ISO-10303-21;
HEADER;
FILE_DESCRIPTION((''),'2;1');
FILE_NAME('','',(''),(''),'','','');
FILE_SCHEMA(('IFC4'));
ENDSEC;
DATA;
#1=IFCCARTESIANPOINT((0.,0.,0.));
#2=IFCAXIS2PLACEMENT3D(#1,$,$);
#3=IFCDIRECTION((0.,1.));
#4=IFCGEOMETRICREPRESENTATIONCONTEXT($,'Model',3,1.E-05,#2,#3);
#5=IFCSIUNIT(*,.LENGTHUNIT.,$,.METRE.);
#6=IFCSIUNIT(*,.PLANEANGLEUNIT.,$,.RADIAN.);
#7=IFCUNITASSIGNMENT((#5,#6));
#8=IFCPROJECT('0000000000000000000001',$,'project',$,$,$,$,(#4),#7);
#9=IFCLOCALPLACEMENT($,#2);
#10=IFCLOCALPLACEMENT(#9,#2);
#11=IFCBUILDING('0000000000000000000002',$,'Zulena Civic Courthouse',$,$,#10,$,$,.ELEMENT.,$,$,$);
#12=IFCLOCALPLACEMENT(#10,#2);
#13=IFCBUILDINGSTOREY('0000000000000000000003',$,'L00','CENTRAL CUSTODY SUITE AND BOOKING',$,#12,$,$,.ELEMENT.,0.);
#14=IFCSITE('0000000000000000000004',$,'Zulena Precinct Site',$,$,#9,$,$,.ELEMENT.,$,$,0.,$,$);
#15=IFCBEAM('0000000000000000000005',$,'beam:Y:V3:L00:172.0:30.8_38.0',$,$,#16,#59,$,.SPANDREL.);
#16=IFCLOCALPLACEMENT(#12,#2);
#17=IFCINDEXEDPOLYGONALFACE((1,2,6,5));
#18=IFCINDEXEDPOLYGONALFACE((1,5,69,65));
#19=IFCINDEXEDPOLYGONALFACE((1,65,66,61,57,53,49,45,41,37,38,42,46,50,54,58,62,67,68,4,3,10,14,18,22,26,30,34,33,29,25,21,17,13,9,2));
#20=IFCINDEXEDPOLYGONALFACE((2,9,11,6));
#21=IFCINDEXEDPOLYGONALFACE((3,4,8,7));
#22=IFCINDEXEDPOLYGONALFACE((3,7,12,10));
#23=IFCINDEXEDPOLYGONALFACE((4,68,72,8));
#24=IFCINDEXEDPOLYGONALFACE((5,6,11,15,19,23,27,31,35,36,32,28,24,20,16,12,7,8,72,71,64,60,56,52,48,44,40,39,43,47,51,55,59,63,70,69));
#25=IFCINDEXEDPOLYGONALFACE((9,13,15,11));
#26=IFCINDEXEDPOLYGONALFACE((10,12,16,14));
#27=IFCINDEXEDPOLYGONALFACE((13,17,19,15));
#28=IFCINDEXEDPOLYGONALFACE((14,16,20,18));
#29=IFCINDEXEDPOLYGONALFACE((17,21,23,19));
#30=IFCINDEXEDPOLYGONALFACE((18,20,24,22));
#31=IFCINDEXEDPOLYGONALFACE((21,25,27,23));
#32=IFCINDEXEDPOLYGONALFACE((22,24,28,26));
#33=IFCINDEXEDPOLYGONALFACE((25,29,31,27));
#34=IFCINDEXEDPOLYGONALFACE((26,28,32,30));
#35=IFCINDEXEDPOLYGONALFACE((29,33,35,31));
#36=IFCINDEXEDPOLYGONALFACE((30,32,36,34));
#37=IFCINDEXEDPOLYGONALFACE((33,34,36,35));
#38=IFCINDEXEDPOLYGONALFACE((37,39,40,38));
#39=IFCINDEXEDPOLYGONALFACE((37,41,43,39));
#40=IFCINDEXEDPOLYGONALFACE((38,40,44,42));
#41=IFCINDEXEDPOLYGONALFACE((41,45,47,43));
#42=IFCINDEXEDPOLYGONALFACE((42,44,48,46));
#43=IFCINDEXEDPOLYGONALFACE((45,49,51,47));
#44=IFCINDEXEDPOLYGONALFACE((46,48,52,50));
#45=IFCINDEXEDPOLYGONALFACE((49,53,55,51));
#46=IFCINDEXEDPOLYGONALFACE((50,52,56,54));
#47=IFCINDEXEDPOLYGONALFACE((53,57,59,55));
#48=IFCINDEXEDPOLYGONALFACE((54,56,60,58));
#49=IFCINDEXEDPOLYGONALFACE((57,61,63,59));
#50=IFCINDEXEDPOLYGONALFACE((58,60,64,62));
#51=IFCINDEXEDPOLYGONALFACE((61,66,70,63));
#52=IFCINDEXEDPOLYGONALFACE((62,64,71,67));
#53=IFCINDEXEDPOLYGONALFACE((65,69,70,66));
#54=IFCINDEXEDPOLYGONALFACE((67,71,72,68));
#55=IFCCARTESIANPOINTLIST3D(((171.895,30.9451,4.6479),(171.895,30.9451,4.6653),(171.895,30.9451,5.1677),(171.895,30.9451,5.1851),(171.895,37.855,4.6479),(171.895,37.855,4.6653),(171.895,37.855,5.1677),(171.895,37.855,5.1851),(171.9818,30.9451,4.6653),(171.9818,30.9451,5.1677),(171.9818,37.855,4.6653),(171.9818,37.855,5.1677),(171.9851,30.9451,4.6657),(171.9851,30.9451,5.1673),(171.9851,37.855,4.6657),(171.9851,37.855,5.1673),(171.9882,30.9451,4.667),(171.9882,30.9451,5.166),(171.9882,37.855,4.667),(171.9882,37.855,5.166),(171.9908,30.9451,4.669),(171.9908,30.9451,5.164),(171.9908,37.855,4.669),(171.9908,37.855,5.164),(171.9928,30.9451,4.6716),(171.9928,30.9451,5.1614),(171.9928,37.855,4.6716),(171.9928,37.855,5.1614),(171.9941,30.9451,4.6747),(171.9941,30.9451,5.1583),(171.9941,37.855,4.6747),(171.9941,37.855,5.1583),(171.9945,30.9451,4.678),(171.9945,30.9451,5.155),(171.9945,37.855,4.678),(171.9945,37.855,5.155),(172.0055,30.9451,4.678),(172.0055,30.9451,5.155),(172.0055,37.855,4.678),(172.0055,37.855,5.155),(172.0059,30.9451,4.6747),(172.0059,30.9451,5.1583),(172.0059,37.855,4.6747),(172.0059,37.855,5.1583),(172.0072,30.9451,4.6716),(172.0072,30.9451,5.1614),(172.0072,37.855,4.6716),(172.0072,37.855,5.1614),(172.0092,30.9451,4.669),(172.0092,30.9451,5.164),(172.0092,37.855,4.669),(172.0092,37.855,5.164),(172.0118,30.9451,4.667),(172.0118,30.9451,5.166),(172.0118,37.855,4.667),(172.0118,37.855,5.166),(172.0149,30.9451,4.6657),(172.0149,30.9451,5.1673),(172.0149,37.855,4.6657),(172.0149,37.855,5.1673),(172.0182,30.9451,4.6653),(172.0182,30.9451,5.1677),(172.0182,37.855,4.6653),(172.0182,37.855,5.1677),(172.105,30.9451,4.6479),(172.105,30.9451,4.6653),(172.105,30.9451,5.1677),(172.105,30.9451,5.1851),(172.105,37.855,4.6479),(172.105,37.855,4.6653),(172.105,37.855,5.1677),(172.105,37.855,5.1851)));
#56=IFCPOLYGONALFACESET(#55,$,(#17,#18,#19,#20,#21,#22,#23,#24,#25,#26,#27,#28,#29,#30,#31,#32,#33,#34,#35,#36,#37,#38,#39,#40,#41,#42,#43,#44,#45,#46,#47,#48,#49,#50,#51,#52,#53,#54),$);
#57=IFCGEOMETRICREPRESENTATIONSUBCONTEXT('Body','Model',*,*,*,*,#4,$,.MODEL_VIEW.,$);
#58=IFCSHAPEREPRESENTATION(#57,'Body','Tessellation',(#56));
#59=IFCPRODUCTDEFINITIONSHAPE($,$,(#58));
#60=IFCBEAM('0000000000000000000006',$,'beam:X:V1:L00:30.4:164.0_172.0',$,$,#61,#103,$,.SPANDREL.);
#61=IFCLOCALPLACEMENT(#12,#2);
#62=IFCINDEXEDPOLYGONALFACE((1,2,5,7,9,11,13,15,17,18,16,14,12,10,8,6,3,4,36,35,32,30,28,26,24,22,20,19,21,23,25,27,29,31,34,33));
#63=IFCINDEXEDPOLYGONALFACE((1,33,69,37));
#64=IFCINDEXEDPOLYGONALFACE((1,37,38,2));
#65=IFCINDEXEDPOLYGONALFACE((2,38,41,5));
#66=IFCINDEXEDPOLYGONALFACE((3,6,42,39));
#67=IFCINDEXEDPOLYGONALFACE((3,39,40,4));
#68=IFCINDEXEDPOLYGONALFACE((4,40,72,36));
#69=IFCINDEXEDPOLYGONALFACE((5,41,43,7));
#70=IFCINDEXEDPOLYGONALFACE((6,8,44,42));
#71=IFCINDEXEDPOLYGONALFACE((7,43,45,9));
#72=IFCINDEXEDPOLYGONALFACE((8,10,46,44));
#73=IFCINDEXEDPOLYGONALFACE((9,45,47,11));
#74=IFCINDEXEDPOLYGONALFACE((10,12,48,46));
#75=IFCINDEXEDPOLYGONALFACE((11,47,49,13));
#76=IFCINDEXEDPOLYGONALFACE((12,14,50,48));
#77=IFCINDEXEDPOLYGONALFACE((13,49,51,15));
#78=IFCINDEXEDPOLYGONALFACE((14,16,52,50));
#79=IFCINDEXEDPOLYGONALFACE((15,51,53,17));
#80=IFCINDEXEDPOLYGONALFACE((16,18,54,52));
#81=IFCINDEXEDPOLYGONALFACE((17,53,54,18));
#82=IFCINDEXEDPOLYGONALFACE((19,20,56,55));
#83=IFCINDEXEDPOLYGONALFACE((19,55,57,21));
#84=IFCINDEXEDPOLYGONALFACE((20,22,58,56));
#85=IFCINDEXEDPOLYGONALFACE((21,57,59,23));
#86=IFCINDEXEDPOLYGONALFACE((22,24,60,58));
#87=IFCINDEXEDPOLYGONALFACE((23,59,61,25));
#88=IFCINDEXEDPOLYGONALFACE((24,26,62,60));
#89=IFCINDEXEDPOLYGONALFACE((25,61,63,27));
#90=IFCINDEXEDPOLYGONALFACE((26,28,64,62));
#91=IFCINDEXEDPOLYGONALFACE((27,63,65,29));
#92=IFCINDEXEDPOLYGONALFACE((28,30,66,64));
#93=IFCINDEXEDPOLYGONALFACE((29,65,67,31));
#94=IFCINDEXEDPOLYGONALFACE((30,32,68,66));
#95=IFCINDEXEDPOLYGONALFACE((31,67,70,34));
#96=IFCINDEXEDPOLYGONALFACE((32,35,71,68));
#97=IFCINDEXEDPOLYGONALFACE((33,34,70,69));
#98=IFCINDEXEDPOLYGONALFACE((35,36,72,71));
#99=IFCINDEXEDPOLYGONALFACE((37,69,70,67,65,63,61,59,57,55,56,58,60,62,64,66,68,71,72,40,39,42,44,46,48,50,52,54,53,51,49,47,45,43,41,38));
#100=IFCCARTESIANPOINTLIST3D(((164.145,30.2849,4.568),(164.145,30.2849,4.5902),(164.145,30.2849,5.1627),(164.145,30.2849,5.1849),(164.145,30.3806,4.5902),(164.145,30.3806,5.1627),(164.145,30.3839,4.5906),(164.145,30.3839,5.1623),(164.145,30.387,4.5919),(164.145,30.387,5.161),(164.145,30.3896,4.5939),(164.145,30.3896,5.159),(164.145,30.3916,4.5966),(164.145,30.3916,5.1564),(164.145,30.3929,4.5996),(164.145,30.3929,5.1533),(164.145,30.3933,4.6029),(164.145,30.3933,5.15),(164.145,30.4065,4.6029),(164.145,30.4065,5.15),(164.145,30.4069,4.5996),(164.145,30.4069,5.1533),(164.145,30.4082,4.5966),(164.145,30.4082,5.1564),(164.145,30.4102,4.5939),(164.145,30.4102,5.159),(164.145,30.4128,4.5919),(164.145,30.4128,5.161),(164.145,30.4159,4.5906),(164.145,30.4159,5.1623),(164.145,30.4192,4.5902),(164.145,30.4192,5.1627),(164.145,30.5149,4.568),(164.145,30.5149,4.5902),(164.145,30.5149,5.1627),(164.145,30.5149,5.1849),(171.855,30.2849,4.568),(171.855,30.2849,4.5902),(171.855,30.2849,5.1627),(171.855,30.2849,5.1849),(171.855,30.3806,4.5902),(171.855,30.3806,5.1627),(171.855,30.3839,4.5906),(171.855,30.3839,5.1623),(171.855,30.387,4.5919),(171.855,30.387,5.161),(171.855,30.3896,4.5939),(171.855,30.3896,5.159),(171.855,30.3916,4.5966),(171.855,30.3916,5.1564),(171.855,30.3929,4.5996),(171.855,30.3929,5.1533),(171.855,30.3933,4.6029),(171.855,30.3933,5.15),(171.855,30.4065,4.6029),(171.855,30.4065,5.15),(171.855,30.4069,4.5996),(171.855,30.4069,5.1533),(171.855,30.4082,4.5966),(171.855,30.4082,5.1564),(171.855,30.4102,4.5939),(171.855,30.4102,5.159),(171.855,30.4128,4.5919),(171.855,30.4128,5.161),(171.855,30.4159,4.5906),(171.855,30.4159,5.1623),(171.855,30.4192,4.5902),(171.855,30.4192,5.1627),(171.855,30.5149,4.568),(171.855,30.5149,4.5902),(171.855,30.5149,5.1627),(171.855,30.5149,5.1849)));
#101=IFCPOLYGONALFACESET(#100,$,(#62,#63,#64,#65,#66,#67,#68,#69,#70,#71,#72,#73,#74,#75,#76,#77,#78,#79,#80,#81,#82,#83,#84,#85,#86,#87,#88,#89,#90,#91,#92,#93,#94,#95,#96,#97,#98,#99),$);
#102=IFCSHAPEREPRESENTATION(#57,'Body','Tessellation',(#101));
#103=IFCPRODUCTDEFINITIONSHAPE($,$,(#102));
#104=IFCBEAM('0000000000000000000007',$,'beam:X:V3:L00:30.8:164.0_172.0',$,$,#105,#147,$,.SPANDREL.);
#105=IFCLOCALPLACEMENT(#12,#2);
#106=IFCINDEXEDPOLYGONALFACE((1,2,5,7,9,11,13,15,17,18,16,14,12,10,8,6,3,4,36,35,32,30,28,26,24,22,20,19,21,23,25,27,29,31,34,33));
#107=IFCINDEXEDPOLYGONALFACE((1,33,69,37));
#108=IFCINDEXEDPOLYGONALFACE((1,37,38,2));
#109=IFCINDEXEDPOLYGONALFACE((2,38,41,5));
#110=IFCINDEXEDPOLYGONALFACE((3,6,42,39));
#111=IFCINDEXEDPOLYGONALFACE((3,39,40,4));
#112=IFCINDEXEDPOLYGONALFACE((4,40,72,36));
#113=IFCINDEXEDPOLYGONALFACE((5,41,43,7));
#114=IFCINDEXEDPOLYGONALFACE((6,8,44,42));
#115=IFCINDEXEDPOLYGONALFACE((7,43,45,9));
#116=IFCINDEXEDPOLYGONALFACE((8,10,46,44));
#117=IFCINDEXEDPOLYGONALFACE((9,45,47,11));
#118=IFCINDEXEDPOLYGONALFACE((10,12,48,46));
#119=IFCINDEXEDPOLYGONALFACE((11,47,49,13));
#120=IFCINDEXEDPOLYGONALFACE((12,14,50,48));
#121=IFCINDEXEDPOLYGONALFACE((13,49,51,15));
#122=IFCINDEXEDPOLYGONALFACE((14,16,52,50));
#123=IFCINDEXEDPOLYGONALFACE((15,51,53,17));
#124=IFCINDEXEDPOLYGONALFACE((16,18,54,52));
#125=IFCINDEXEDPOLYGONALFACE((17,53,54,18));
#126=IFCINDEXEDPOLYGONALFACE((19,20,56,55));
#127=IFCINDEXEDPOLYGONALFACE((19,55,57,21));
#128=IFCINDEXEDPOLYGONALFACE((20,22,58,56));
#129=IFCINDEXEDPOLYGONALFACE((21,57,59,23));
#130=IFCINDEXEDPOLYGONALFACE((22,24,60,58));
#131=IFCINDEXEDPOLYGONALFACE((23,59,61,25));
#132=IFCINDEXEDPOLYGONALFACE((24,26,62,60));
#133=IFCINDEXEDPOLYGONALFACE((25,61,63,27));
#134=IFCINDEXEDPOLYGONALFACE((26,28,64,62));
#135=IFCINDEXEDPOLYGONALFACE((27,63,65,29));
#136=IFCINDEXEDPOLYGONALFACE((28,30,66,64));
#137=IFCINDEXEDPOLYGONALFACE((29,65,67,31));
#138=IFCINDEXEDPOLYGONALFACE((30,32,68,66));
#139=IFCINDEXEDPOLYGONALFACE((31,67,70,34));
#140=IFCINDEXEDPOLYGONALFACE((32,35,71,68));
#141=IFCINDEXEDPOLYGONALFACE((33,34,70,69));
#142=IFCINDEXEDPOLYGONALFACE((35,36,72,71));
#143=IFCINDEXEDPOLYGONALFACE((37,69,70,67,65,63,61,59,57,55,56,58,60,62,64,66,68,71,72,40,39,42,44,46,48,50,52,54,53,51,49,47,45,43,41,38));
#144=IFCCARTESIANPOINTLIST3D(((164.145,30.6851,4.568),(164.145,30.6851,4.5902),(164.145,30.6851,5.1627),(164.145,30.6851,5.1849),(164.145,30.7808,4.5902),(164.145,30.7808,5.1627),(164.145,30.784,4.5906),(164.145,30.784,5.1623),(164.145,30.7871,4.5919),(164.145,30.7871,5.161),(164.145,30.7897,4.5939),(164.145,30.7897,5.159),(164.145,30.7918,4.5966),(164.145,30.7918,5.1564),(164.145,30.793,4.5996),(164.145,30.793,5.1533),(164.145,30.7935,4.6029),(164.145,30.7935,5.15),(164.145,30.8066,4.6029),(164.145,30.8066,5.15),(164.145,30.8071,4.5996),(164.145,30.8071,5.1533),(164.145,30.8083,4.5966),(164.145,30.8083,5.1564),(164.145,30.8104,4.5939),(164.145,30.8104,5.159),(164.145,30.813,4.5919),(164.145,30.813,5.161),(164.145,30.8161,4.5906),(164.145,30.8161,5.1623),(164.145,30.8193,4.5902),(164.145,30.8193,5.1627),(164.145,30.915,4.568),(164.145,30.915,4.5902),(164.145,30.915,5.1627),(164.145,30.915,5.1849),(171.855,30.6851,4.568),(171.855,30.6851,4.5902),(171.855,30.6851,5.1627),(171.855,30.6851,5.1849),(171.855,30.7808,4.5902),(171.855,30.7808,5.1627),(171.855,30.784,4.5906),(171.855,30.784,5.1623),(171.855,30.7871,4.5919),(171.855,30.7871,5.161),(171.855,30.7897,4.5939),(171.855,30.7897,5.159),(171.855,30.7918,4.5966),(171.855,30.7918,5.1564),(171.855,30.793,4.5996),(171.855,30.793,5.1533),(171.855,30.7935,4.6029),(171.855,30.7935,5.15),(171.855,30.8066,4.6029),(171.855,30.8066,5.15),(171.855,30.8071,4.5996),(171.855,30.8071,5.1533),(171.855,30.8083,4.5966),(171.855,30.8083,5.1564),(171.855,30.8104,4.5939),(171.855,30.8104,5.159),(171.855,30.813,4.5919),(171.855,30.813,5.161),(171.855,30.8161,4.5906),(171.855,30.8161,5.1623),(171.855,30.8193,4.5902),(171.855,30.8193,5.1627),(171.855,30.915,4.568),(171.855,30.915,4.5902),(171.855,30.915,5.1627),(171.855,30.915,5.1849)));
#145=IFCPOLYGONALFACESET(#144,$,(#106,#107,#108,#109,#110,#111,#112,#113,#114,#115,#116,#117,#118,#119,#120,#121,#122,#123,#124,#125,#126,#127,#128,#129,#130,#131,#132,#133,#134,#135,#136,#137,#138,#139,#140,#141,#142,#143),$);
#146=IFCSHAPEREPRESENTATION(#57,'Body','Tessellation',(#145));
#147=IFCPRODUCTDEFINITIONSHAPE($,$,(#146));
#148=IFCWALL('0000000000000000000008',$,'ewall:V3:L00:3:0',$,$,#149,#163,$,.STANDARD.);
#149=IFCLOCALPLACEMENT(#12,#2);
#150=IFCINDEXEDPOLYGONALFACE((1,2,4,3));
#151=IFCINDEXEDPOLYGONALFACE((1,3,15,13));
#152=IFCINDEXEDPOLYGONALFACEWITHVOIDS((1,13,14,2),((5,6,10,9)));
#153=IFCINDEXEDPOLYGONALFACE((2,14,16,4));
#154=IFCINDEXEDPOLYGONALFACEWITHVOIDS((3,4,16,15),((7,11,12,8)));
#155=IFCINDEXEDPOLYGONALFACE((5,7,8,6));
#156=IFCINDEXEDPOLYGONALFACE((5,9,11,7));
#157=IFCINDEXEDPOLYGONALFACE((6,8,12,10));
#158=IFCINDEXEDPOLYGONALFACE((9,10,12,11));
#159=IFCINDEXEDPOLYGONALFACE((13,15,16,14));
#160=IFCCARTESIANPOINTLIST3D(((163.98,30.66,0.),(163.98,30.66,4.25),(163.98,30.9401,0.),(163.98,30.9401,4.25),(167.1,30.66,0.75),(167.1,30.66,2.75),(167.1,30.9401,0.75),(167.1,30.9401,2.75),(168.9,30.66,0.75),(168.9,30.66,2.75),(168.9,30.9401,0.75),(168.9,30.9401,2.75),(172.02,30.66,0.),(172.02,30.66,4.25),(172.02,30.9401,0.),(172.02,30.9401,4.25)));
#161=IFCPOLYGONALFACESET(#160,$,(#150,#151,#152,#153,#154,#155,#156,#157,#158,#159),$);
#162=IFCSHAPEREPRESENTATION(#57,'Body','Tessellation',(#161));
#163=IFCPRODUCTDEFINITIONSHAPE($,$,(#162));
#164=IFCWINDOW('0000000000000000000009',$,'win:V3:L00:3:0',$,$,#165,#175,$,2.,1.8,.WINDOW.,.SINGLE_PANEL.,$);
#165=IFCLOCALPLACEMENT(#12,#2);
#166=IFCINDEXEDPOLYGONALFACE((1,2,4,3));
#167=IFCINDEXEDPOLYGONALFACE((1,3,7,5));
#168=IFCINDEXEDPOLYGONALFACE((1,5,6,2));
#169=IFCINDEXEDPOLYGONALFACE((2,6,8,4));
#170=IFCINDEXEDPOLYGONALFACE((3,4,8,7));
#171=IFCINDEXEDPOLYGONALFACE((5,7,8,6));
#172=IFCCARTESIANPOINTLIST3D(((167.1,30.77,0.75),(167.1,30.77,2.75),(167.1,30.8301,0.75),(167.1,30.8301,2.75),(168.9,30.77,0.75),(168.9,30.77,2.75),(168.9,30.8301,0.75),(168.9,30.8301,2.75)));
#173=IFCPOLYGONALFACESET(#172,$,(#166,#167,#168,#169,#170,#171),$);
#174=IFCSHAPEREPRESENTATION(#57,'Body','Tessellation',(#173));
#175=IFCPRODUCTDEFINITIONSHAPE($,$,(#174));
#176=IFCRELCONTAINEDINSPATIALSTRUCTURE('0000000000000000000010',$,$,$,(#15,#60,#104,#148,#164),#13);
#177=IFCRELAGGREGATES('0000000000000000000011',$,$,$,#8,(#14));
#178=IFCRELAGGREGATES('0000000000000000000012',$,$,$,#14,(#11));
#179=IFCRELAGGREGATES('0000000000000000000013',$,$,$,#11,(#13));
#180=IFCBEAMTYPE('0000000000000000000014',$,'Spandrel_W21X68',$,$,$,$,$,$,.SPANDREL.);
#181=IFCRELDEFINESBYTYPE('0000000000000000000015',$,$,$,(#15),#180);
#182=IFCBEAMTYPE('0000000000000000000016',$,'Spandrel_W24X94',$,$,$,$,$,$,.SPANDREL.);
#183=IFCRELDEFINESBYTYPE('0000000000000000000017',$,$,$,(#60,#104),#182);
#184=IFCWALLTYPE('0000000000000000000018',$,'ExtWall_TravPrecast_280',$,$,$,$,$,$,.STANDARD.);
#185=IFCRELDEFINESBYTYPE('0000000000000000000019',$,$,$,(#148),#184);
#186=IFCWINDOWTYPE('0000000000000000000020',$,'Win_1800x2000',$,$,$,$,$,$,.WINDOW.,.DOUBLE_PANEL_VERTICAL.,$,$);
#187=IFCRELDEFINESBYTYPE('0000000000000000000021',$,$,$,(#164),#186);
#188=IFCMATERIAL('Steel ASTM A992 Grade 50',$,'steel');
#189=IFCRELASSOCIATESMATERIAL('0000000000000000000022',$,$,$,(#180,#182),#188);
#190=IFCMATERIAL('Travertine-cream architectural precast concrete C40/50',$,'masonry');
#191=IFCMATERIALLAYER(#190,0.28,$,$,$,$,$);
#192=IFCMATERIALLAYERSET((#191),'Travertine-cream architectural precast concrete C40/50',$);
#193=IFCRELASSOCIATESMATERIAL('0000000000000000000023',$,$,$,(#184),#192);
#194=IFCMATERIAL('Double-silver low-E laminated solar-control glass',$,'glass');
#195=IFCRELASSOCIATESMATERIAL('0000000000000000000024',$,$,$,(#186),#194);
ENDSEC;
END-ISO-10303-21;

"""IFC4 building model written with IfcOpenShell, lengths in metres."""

from ifc_helpers import new_model, si_unit, direction, frame, frame_2d, origin, origin_2d, place, context, subcontext, project, spatial, rectangle, i_section, extrude, material, layer, layer_set, material_profile, profile_set, type_object, element, fill, save


model = new_model("IFC4")

# Units and contexts
model_context = context("Model", 3, precision=1e-05, world=origin(), true_north=direction((0.0, 1.0)))
body_context = subcontext(model_context, "Body", "Model", "MODEL_VIEW")
ifc_project = project(units=[si_unit("LENGTHUNIT", "METRE"), si_unit("PLANEANGLEUNIT", "RADIAN")], contexts=[model_context])

# Site, building, storey
site_placement = place(None, origin())
site = spatial("IfcSite", under=ifc_project, at=site_placement, Name="Zulena Precinct Site", CompositionType="ELEMENT", RefElevation=0.0)
building_placement = place(site_placement, origin())
building = spatial("IfcBuilding", under=site, at=building_placement, Name="Zulena Civic Courthouse", CompositionType="ELEMENT")
storey_placement = place(building_placement, origin())
storey = spatial("IfcBuildingStorey", under=building, at=storey_placement, Name="L00", Description="CENTRAL CUSTODY SUITE AND BOOKING", CompositionType="ELEMENT", Elevation=0.0)

# Shared definitions
ifc_material_1 = material(Name="Steel ASTM A992 Grade 50", Category="steel")

# Beams
ifc_material_profile_1 = material_profile(ifc_material_1, i_section(OverallWidth=0.21, OverallDepth=0.5371, WebThickness=0.011, FlangeThickness=0.0173, FilletRadius=0.0127, at=origin_2d()), Name="W21X68")
ifc_profile_set_1 = profile_set([ifc_material_profile_1], Name="Steel ASTM A992 Grade 50")
beam_type_1 = type_object("IfcBeamType", Name="Spandrel_W21X68", PredefinedType="SPANDREL", material=ifc_profile_set_1)
for number, where, z_axis, x_axis, name in (
    (1, (172.0, 30.9451, 4.9165), (0.0, 1.0, 0.0), (-1.0, 0.0, 0.0), "beam:Y:V3:L00:172.0:30.8_38.0"),
):
    element("IfcBeam", number, at=place(storey_placement, frame(where, z_axis=z_axis, x_axis=x_axis)), inside=storey, type_object=beam_type_1, Name=name, PredefinedType="SPANDREL", context=body_context, shape_type="SweptSolid", body=[
        extrude(i_section(OverallWidth=0.21, OverallDepth=0.5371, WebThickness=0.011, FlangeThickness=0.0173, FilletRadius=0.0127, at=origin_2d()), origin(), (0.0, 0.0, 1.0), 6.9099),
    ])
ifc_material_profile_2 = material_profile(ifc_material_1, i_section(OverallWidth=0.23, OverallDepth=0.6169, WebThickness=0.0132, FlangeThickness=0.0222, FilletRadius=0.0127, at=origin_2d()), Name="W24X94")
ifc_profile_set_2 = profile_set([ifc_material_profile_2], Name="Steel ASTM A992 Grade 50")
beam_type_2 = type_object("IfcBeamType", Name="Spandrel_W24X94", PredefinedType="SPANDREL", material=ifc_profile_set_2)
for number, where, z_axis, x_axis, name in (
    (2, (164.145, 30.3999, 4.8765), (1.0, 0.0, 0.0), (0.0, 1.0, 0.0), "beam:X:V1:L00:30.4:164.0_172.0"),
    (3, (164.145, 30.8, 4.8765), (1.0, 0.0, 0.0), (0.0, 1.0, 0.0), "beam:X:V3:L00:30.8:164.0_172.0"),
):
    element("IfcBeam", number, at=place(storey_placement, frame(where, z_axis=z_axis, x_axis=x_axis)), inside=storey, type_object=beam_type_2, Name=name, PredefinedType="SPANDREL", context=body_context, shape_type="SweptSolid", body=[
        extrude(i_section(OverallWidth=0.23, OverallDepth=0.6169, WebThickness=0.0132, FlangeThickness=0.0222, FilletRadius=0.0127, at=origin_2d()), origin(), (0.0, 0.0, 1.0), 7.71),
    ])

# Wall, opening, window
ifc_material_2 = material(Name="Travertine-cream architectural precast concrete C40/50", Category="masonry")
ifc_layer_1 = layer(ifc_material_2, 0.28)
ifc_layer_set_1 = layer_set([ifc_layer_1], Name="Travertine-cream architectural precast concrete C40/50")
wall_type = type_object("IfcWallType", Name="ExtWall_TravPrecast_280", PredefinedType="STANDARD", material=ifc_layer_set_1)
wall_1_placement = place(storey_placement, frame((172.02, 30.8, 0.0), z_axis=(0.0, 0.0, 1.0), x_axis=(-1.0, 0.0, 0.0)))
wall_1 = element("IfcWall", 4, at=wall_1_placement, inside=storey, type_object=wall_type, Name="ewall:V3:L00:3:0", PredefinedType="STANDARD", context=body_context, shape_type="SweptSolid", body=[
    extrude(rectangle(XDim=8.04, YDim=0.28, at=frame_2d((4.02, 0.0))), origin(), (0.0, 0.0, 1.0), 4.25),
])
opening_1_placement = place(wall_1_placement, frame((3.1201, 0.0, 0.75)))
opening_1 = element("IfcOpeningElement", 5, at=opening_1_placement, cuts=wall_1, PredefinedType="OPENING", context=body_context, shape_type="SweptSolid", body=[
    extrude(rectangle(XDim=1.8, YDim=2.0, at=frame_2d((0.8999, 1.0))), frame((0.0, 0.1499, 0.0), z_axis=(0.0, -1.0, 0.0), x_axis=(1.0, 0.0, 0.0)), (0.0, 0.0, 1.0), 0.3),
])
ifc_material_3 = material(Name="Double-silver low-E laminated solar-control glass", Category="glass")
window_type_1 = type_object("IfcWindowType", Name="Win_1800x2000", PartitioningType="DOUBLE_PANEL_VERTICAL", PredefinedType="WINDOW", material=ifc_material_3)
window_1_placement = place(opening_1_placement, origin())
window_1 = element("IfcWindow", 6, at=window_1_placement, inside=storey, type_object=window_type_1, Name="win:V3:L00:3:0", OverallHeight=2.0, OverallWidth=1.8, PartitioningType="SINGLE_PANEL", PredefinedType="WINDOW", context=body_context, shape_type="SweptSolid", body=[
    extrude(rectangle(XDim=1.8, YDim=2.0, at=frame_2d((0.8999, 1.0))), frame((0.0, 0.03, 0.0), z_axis=(0.0, -1.0, 0.0), x_axis=(1.0, 0.0, 0.0)), (0.0, 0.0, 1.0), 0.0601),
])
fill(opening_1, window_1)

save(model, "model.ifc")
